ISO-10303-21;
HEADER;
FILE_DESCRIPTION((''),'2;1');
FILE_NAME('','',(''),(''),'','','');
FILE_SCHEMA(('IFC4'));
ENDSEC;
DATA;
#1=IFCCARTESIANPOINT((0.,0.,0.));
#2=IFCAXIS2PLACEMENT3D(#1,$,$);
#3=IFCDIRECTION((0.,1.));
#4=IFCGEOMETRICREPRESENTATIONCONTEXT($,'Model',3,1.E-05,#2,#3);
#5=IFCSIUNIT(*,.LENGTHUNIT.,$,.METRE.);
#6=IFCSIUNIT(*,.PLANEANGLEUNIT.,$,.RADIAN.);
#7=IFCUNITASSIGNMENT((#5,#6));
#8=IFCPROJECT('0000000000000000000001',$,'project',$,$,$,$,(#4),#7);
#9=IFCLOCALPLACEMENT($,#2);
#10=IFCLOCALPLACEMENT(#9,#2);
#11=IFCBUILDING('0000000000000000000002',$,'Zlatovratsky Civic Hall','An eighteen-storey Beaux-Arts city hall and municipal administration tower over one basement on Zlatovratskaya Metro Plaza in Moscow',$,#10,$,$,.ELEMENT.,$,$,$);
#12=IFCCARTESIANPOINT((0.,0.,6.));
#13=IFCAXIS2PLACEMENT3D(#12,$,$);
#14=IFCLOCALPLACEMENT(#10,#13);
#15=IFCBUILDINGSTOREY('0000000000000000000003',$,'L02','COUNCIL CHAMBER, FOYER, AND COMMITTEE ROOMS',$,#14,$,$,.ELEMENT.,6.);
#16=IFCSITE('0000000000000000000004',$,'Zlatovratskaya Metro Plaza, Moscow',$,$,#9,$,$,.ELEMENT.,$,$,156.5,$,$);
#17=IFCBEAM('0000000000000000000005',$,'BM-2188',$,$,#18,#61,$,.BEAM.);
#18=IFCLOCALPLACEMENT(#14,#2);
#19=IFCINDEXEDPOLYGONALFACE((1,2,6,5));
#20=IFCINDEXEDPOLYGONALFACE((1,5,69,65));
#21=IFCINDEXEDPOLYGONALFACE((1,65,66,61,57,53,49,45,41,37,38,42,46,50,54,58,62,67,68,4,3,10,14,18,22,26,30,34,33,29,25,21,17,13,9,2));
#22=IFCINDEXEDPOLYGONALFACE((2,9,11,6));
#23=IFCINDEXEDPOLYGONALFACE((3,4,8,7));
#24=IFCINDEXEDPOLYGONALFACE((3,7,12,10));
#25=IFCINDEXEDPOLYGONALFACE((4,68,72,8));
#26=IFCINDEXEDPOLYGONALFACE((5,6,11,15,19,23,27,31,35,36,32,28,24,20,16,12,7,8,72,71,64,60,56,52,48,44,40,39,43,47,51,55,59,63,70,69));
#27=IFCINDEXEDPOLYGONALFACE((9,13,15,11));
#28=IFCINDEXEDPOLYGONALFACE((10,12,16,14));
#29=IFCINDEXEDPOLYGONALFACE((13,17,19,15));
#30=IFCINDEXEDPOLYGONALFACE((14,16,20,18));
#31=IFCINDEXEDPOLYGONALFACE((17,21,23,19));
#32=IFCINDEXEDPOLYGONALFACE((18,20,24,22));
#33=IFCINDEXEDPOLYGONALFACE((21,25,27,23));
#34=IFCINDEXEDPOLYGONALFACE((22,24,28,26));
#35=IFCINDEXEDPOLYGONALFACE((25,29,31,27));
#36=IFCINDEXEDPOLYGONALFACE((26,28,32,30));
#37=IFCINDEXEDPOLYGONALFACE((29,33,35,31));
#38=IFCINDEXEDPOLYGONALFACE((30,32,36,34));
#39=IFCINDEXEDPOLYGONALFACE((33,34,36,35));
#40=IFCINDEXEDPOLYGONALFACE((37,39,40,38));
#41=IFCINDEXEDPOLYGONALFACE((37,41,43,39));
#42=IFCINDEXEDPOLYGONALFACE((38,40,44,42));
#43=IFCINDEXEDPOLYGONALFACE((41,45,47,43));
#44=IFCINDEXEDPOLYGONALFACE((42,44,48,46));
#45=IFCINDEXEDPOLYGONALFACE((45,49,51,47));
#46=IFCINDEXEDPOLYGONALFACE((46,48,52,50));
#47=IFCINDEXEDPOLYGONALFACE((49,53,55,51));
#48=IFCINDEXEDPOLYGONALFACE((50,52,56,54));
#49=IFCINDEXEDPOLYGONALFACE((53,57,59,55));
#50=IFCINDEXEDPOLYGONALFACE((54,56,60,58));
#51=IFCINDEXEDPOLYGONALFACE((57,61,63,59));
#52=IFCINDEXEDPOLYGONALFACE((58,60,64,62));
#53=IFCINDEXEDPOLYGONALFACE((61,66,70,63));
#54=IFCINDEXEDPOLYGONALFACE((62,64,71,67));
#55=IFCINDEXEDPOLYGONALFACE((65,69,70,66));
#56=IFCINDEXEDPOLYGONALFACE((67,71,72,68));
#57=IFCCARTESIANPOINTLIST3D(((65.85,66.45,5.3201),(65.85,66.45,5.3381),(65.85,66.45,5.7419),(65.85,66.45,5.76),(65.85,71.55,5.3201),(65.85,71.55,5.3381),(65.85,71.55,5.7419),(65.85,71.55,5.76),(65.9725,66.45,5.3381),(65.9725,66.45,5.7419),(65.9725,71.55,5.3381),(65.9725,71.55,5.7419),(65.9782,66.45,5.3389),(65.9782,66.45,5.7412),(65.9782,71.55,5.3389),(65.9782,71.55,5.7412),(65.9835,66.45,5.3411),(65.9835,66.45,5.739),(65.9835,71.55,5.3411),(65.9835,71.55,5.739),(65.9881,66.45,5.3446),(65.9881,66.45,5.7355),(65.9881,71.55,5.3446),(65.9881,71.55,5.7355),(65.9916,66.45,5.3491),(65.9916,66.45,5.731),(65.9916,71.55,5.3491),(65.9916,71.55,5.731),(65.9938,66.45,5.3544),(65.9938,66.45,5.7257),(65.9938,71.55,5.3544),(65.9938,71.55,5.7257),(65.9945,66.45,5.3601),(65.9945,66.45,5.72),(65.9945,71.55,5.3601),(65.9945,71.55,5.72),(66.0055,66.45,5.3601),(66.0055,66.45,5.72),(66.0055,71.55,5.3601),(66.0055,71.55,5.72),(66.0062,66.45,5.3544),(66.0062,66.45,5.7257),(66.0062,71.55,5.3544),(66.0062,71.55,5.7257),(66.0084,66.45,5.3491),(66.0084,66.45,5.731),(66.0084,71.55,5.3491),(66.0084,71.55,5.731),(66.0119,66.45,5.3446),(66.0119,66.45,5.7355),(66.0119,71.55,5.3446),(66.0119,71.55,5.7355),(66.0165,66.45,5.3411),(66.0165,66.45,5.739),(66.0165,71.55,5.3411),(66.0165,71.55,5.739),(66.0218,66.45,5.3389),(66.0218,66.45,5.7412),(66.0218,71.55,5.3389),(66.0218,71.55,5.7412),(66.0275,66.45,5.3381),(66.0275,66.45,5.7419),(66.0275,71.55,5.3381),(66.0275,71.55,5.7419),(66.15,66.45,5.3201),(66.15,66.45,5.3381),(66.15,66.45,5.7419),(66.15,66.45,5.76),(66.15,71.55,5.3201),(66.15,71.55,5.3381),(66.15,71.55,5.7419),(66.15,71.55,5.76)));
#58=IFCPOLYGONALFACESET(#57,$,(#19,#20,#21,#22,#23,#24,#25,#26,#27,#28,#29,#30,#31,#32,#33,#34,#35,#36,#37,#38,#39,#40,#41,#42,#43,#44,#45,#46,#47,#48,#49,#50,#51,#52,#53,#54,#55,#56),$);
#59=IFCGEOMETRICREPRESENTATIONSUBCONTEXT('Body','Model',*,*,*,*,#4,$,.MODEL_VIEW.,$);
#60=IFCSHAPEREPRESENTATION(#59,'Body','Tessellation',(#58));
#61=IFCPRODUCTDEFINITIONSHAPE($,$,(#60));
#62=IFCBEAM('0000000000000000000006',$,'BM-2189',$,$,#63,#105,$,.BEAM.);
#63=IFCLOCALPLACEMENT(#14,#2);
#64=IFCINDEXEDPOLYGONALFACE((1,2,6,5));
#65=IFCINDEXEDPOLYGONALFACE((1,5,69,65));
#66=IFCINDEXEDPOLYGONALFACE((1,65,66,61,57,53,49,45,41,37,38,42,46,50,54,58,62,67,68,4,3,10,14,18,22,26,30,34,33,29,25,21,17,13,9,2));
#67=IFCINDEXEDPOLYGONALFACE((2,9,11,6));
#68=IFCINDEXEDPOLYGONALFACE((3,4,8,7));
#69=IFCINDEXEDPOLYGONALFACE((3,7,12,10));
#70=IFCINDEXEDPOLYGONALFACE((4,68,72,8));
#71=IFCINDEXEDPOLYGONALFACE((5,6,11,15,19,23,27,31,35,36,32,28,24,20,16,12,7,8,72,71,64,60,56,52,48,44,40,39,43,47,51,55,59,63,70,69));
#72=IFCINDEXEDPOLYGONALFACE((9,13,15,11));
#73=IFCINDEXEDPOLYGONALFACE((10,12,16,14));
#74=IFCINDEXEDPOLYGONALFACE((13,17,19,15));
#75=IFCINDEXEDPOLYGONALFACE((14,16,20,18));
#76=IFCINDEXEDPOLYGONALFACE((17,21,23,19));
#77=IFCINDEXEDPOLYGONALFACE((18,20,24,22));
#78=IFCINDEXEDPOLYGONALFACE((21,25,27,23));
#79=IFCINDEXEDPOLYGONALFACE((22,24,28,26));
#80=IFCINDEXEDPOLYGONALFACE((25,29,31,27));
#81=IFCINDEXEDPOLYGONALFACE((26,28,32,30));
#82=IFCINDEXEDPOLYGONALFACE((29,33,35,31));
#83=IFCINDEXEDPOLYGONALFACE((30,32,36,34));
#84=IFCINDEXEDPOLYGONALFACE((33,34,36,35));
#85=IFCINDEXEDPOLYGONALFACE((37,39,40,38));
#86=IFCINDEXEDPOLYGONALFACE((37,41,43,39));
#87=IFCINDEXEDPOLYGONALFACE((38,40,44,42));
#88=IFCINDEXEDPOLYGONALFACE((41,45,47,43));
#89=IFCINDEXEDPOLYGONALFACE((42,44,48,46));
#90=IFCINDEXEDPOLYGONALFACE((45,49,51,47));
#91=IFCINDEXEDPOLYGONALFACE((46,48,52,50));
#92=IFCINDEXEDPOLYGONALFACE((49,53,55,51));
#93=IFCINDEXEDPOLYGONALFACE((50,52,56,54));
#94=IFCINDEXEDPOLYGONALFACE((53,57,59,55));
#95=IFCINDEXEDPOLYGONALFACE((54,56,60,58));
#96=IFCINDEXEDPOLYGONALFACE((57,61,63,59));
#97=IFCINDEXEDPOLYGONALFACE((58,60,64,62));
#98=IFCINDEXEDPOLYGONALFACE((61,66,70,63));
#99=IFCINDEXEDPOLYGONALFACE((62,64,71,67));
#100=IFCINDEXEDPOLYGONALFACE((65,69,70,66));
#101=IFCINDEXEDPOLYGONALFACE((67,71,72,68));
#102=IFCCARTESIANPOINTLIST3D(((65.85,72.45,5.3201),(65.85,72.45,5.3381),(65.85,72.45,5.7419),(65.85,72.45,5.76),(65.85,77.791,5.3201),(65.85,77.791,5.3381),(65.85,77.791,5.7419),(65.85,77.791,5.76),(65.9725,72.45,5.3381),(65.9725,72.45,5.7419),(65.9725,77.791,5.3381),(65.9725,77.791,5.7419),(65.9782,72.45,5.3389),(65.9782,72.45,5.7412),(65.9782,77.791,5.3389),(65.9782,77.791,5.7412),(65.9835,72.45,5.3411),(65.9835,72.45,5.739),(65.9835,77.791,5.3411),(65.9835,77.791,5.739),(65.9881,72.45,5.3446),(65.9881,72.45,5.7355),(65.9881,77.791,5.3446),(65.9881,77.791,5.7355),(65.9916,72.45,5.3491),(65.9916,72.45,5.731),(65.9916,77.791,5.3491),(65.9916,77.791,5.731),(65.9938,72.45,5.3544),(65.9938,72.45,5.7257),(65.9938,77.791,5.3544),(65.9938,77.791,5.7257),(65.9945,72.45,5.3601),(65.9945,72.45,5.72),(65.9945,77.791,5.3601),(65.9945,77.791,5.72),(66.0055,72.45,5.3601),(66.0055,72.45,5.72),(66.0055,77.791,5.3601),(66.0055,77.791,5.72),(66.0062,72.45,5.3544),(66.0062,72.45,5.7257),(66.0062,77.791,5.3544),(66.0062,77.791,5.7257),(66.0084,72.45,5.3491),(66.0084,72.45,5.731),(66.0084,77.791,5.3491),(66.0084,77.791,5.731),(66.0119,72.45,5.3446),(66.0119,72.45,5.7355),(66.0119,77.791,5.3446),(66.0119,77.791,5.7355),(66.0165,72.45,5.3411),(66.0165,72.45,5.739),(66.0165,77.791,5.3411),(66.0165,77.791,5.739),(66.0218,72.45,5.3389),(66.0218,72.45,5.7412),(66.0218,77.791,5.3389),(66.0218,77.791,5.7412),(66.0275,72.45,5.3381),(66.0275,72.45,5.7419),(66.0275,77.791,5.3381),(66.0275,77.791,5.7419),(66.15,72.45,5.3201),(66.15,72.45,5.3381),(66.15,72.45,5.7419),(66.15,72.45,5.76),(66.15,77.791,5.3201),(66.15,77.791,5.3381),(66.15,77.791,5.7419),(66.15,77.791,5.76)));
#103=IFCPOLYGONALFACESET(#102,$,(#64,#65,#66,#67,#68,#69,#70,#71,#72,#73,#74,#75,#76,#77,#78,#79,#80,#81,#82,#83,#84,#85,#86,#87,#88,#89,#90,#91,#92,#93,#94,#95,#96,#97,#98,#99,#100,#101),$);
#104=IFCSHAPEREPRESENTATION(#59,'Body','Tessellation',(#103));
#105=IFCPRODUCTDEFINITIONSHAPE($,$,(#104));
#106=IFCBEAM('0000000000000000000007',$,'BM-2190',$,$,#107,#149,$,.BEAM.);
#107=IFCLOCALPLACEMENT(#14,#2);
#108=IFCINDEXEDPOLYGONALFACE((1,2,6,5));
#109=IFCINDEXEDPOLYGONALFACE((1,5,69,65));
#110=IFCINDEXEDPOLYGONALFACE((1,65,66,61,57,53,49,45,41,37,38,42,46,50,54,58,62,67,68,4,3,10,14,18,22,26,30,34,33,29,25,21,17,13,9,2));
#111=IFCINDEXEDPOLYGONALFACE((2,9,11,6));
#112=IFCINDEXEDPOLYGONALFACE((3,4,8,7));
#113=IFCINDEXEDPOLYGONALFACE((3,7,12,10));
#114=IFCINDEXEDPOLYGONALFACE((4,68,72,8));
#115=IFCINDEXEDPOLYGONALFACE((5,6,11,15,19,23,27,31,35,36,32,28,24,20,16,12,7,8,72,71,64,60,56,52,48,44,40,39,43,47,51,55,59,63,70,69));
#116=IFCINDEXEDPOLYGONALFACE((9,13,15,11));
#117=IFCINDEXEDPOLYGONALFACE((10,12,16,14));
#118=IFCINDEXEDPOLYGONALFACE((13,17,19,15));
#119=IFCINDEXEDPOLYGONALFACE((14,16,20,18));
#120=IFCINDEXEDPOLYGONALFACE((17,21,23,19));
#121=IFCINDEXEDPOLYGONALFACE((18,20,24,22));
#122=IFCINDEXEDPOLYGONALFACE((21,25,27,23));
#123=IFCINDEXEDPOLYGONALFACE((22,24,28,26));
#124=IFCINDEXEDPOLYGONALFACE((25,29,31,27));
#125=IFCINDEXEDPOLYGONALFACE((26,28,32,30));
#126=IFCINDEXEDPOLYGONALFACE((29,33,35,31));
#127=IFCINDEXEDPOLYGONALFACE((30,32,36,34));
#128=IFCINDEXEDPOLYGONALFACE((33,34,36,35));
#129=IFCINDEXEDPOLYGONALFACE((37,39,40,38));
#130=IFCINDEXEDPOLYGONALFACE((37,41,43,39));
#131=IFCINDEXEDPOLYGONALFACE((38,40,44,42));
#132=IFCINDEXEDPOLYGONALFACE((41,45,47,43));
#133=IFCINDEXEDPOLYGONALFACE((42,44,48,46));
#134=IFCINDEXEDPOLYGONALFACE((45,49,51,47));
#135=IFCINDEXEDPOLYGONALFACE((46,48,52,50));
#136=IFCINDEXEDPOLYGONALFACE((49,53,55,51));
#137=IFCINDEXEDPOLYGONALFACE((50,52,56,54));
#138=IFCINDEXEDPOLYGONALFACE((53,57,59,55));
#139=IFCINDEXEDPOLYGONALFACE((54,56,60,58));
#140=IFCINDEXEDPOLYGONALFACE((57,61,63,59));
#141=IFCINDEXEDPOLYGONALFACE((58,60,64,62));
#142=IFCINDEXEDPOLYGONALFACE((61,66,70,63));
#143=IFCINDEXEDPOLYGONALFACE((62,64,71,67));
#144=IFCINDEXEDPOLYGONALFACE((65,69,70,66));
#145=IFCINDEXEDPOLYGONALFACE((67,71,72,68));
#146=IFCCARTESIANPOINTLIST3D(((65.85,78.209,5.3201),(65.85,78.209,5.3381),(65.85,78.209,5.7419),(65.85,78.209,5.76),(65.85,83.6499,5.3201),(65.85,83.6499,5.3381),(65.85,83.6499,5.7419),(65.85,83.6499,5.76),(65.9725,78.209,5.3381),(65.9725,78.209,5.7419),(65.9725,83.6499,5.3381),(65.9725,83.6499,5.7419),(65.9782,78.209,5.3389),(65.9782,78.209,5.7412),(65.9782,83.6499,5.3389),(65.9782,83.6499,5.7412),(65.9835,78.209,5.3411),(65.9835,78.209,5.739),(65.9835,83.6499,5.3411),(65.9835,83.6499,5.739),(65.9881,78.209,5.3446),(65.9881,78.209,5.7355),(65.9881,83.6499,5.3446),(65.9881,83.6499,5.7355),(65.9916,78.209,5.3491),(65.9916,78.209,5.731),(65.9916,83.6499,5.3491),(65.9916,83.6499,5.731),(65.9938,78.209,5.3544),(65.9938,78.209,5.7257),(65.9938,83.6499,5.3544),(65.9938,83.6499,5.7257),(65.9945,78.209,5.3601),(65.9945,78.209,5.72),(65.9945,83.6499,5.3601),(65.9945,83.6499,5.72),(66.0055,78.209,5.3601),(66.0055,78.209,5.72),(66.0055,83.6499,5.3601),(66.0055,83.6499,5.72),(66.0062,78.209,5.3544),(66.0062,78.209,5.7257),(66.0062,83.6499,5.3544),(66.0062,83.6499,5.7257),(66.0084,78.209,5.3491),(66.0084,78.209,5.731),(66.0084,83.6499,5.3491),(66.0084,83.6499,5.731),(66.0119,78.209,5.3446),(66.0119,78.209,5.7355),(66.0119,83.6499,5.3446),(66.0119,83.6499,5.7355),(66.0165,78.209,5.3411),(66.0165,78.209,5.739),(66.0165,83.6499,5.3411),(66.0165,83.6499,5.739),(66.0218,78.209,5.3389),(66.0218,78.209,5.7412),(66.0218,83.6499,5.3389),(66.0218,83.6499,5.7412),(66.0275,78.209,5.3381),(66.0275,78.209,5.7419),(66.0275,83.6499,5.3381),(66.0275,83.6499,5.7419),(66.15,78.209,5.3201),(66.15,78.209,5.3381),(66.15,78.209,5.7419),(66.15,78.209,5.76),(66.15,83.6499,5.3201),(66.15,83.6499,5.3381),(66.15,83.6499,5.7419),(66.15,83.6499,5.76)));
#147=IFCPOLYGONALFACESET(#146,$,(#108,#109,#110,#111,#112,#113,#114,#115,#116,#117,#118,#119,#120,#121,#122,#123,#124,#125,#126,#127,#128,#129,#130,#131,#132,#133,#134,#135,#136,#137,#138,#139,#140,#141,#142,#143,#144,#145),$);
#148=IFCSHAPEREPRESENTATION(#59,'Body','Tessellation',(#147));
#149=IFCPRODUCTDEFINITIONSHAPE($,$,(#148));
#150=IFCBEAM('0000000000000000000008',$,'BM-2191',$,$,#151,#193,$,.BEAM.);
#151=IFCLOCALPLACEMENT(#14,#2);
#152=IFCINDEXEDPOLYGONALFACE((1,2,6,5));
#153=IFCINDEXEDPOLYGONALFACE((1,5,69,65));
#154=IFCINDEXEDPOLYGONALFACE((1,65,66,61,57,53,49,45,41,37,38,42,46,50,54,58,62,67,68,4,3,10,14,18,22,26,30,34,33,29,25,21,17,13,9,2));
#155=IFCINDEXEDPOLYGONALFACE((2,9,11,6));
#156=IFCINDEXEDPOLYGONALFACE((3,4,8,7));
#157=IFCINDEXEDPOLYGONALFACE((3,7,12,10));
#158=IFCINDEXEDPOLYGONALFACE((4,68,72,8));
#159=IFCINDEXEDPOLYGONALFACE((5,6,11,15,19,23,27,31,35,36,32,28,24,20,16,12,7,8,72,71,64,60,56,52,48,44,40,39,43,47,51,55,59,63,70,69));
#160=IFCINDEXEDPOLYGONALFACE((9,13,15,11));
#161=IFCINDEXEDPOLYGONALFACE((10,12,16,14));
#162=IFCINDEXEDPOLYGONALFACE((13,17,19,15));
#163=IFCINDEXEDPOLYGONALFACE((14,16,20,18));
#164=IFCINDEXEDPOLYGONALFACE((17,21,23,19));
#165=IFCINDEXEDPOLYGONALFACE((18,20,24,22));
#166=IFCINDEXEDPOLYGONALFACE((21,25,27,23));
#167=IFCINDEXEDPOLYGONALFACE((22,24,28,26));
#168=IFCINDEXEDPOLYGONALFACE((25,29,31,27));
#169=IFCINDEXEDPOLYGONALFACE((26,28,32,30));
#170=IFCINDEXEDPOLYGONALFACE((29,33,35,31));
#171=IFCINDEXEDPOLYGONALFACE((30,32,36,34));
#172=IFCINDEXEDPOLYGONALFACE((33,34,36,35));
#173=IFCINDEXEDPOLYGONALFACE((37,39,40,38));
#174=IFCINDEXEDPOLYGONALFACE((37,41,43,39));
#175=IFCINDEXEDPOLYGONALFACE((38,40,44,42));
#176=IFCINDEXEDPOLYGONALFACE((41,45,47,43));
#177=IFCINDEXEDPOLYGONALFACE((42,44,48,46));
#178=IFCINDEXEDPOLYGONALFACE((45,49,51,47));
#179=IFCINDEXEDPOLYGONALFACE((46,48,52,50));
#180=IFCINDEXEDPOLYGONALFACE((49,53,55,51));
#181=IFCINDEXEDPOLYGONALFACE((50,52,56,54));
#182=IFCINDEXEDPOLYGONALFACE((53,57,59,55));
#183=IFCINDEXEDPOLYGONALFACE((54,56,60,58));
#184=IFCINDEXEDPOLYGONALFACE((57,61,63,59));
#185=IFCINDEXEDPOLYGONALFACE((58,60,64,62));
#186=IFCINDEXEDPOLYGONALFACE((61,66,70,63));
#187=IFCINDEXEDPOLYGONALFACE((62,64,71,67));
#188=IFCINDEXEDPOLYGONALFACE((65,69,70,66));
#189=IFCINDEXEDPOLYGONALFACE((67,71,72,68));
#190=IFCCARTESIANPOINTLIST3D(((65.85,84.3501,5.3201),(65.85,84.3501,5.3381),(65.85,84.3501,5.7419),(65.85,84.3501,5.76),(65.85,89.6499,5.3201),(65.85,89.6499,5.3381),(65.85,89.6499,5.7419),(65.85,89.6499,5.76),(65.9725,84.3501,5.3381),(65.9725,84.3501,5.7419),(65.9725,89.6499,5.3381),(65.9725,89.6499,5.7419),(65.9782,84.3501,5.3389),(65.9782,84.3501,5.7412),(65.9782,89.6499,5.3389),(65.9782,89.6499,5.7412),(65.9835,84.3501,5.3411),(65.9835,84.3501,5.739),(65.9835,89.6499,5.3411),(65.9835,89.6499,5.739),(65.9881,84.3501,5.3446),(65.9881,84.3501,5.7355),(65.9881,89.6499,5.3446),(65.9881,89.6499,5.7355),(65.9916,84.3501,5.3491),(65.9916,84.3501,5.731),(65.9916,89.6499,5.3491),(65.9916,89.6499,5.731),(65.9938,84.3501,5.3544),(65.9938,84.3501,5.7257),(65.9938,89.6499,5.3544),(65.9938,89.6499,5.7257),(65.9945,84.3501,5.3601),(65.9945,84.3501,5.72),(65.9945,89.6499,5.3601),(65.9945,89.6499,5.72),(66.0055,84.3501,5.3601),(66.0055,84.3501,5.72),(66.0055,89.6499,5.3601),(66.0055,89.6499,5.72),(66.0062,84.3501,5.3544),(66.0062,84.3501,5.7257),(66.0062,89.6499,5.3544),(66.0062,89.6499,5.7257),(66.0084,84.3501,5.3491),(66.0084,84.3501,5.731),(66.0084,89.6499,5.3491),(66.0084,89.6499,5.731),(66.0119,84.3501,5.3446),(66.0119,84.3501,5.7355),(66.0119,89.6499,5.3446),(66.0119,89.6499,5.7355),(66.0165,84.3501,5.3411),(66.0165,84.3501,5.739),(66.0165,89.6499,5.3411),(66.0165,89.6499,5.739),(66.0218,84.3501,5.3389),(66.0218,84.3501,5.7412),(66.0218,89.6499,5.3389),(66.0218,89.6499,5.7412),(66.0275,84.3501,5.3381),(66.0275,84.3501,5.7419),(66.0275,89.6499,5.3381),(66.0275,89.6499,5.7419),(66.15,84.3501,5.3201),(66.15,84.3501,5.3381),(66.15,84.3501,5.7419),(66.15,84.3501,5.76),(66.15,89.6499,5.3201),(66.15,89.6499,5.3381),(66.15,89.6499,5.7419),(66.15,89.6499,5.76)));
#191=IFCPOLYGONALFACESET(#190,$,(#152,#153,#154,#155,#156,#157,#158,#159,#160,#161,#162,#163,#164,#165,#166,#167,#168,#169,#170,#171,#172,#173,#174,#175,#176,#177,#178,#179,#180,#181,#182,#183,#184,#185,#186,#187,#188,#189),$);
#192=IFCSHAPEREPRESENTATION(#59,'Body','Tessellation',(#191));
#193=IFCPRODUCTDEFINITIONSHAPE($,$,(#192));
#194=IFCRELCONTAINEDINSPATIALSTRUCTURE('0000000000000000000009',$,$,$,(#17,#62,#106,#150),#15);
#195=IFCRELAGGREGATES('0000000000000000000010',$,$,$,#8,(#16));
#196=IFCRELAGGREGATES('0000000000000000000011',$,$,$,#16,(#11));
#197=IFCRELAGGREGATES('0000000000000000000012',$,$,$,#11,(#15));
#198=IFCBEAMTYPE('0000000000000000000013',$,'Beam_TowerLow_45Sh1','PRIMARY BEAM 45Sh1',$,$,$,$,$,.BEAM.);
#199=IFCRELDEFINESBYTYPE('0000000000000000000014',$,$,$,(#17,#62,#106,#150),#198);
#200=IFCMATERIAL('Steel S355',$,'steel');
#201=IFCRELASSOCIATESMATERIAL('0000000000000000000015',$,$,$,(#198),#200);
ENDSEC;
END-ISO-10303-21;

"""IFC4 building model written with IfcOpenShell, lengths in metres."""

from ifc_helpers import new_model, si_unit, direction, frame, origin, origin_2d, place, context, subcontext, project, spatial, i_section, extrude, material, material_profile, profile_set, type_object, element, save


model = new_model("IFC4")

# Units and contexts
model_context = context("Model", 3, precision=1e-05, world=origin(), true_north=direction((0.0, 1.0)))
body_context = subcontext(model_context, "Body", "Model", "MODEL_VIEW")
ifc_project = project(units=[si_unit("LENGTHUNIT", "METRE"), si_unit("PLANEANGLEUNIT", "RADIAN")], contexts=[model_context])

# Site, building, storey
site_placement = place(None, origin())
site = spatial("IfcSite", under=ifc_project, at=site_placement, Name="Zlatovratskaya Metro Plaza, Moscow", CompositionType="ELEMENT", RefElevation=156.5)
building_placement = place(site_placement, origin())
building = spatial("IfcBuilding", under=site, at=building_placement, Name="Zlatovratsky Civic Hall", Description="An eighteen-storey Beaux-Arts city hall and municipal administration tower over one basement on Zlatovratskaya Metro Plaza in Moscow", CompositionType="ELEMENT")
storey_placement = place(building_placement, frame((0.0, 0.0, 6.0)))
storey = spatial("IfcBuildingStorey", under=building, at=storey_placement, Name="L02", Description="COUNCIL CHAMBER, FOYER, AND COMMITTEE ROOMS", CompositionType="ELEMENT", Elevation=6.0)

# Shared definitions
ifc_material_1 = material(Name="Steel S355", Category="steel")

# Beams
ifc_material_profile_1 = material_profile(ifc_material_1, i_section(OverallWidth=0.3, OverallDepth=0.4399, WebThickness=0.011, FlangeThickness=0.0181, FilletRadius=0.022, at=origin_2d()), Name="45Sh1")
ifc_profile_set_1 = profile_set([ifc_material_profile_1], Name="Steel S355")
beam_type = type_object("IfcBeamType", Name="Beam_TowerLow_45Sh1", Description="PRIMARY BEAM 45Sh1", PredefinedType="BEAM", material=ifc_profile_set_1)
for number, where, z_axis, x_axis, name in (
    (1, (66.0, 66.45, 5.54), (0.0, 1.0, 0.0), (-1.0, 0.0, 0.0), "BM-2188"),
):
    element("IfcBeam", number, at=place(storey_placement, frame(where, z_axis=z_axis, x_axis=x_axis)), inside=storey, type_object=beam_type, Name=name, PredefinedType="BEAM", context=body_context, shape_type="SweptSolid", body=[
        extrude(i_section(OverallWidth=0.3, OverallDepth=0.4399, WebThickness=0.011, FlangeThickness=0.0181, FilletRadius=0.022, at=origin_2d()), origin(), (0.0, 0.0, 1.0), 5.1001),
    ])
beam_1_placement = place(storey_placement, frame((66.0, 72.45, 5.54), z_axis=(0.0, 1.0, 0.0), x_axis=(-1.0, 0.0, 0.0)))
element("IfcBeam", 2, at=beam_1_placement, inside=storey, type_object=beam_type, Name="BM-2189", PredefinedType="BEAM", context=body_context, shape_type="SweptSolid", body=[
    extrude(i_section(OverallWidth=0.3, OverallDepth=0.4399, WebThickness=0.011, FlangeThickness=0.0181, FilletRadius=0.022, at=origin_2d()), origin(), (0.0, 0.0, 1.0), 5.3411),
])
beam_2_placement = place(storey_placement, frame((66.0, 78.209, 5.54), z_axis=(0.0, 1.0, 0.0), x_axis=(-1.0, 0.0, 0.0)))
element("IfcBeam", 3, at=beam_2_placement, inside=storey, type_object=beam_type, Name="BM-2190", PredefinedType="BEAM", context=body_context, shape_type="SweptSolid", body=[
    extrude(i_section(OverallWidth=0.3, OverallDepth=0.4399, WebThickness=0.011, FlangeThickness=0.0181, FilletRadius=0.022, at=origin_2d()), origin(), (0.0, 0.0, 1.0), 5.4409),
])
beam_3_placement = place(storey_placement, frame((66.0, 84.3501, 5.54), z_axis=(0.0, 1.0, 0.0), x_axis=(-1.0, 0.0, 0.0)))
element("IfcBeam", 4, at=beam_3_placement, inside=storey, type_object=beam_type, Name="BM-2191", PredefinedType="BEAM", context=body_context, shape_type="SweptSolid", body=[
    extrude(i_section(OverallWidth=0.3, OverallDepth=0.4399, WebThickness=0.011, FlangeThickness=0.0181, FilletRadius=0.022, at=origin_2d()), origin(), (0.0, 0.0, 1.0), 5.2998),
])

save(model, "model.ifc")
